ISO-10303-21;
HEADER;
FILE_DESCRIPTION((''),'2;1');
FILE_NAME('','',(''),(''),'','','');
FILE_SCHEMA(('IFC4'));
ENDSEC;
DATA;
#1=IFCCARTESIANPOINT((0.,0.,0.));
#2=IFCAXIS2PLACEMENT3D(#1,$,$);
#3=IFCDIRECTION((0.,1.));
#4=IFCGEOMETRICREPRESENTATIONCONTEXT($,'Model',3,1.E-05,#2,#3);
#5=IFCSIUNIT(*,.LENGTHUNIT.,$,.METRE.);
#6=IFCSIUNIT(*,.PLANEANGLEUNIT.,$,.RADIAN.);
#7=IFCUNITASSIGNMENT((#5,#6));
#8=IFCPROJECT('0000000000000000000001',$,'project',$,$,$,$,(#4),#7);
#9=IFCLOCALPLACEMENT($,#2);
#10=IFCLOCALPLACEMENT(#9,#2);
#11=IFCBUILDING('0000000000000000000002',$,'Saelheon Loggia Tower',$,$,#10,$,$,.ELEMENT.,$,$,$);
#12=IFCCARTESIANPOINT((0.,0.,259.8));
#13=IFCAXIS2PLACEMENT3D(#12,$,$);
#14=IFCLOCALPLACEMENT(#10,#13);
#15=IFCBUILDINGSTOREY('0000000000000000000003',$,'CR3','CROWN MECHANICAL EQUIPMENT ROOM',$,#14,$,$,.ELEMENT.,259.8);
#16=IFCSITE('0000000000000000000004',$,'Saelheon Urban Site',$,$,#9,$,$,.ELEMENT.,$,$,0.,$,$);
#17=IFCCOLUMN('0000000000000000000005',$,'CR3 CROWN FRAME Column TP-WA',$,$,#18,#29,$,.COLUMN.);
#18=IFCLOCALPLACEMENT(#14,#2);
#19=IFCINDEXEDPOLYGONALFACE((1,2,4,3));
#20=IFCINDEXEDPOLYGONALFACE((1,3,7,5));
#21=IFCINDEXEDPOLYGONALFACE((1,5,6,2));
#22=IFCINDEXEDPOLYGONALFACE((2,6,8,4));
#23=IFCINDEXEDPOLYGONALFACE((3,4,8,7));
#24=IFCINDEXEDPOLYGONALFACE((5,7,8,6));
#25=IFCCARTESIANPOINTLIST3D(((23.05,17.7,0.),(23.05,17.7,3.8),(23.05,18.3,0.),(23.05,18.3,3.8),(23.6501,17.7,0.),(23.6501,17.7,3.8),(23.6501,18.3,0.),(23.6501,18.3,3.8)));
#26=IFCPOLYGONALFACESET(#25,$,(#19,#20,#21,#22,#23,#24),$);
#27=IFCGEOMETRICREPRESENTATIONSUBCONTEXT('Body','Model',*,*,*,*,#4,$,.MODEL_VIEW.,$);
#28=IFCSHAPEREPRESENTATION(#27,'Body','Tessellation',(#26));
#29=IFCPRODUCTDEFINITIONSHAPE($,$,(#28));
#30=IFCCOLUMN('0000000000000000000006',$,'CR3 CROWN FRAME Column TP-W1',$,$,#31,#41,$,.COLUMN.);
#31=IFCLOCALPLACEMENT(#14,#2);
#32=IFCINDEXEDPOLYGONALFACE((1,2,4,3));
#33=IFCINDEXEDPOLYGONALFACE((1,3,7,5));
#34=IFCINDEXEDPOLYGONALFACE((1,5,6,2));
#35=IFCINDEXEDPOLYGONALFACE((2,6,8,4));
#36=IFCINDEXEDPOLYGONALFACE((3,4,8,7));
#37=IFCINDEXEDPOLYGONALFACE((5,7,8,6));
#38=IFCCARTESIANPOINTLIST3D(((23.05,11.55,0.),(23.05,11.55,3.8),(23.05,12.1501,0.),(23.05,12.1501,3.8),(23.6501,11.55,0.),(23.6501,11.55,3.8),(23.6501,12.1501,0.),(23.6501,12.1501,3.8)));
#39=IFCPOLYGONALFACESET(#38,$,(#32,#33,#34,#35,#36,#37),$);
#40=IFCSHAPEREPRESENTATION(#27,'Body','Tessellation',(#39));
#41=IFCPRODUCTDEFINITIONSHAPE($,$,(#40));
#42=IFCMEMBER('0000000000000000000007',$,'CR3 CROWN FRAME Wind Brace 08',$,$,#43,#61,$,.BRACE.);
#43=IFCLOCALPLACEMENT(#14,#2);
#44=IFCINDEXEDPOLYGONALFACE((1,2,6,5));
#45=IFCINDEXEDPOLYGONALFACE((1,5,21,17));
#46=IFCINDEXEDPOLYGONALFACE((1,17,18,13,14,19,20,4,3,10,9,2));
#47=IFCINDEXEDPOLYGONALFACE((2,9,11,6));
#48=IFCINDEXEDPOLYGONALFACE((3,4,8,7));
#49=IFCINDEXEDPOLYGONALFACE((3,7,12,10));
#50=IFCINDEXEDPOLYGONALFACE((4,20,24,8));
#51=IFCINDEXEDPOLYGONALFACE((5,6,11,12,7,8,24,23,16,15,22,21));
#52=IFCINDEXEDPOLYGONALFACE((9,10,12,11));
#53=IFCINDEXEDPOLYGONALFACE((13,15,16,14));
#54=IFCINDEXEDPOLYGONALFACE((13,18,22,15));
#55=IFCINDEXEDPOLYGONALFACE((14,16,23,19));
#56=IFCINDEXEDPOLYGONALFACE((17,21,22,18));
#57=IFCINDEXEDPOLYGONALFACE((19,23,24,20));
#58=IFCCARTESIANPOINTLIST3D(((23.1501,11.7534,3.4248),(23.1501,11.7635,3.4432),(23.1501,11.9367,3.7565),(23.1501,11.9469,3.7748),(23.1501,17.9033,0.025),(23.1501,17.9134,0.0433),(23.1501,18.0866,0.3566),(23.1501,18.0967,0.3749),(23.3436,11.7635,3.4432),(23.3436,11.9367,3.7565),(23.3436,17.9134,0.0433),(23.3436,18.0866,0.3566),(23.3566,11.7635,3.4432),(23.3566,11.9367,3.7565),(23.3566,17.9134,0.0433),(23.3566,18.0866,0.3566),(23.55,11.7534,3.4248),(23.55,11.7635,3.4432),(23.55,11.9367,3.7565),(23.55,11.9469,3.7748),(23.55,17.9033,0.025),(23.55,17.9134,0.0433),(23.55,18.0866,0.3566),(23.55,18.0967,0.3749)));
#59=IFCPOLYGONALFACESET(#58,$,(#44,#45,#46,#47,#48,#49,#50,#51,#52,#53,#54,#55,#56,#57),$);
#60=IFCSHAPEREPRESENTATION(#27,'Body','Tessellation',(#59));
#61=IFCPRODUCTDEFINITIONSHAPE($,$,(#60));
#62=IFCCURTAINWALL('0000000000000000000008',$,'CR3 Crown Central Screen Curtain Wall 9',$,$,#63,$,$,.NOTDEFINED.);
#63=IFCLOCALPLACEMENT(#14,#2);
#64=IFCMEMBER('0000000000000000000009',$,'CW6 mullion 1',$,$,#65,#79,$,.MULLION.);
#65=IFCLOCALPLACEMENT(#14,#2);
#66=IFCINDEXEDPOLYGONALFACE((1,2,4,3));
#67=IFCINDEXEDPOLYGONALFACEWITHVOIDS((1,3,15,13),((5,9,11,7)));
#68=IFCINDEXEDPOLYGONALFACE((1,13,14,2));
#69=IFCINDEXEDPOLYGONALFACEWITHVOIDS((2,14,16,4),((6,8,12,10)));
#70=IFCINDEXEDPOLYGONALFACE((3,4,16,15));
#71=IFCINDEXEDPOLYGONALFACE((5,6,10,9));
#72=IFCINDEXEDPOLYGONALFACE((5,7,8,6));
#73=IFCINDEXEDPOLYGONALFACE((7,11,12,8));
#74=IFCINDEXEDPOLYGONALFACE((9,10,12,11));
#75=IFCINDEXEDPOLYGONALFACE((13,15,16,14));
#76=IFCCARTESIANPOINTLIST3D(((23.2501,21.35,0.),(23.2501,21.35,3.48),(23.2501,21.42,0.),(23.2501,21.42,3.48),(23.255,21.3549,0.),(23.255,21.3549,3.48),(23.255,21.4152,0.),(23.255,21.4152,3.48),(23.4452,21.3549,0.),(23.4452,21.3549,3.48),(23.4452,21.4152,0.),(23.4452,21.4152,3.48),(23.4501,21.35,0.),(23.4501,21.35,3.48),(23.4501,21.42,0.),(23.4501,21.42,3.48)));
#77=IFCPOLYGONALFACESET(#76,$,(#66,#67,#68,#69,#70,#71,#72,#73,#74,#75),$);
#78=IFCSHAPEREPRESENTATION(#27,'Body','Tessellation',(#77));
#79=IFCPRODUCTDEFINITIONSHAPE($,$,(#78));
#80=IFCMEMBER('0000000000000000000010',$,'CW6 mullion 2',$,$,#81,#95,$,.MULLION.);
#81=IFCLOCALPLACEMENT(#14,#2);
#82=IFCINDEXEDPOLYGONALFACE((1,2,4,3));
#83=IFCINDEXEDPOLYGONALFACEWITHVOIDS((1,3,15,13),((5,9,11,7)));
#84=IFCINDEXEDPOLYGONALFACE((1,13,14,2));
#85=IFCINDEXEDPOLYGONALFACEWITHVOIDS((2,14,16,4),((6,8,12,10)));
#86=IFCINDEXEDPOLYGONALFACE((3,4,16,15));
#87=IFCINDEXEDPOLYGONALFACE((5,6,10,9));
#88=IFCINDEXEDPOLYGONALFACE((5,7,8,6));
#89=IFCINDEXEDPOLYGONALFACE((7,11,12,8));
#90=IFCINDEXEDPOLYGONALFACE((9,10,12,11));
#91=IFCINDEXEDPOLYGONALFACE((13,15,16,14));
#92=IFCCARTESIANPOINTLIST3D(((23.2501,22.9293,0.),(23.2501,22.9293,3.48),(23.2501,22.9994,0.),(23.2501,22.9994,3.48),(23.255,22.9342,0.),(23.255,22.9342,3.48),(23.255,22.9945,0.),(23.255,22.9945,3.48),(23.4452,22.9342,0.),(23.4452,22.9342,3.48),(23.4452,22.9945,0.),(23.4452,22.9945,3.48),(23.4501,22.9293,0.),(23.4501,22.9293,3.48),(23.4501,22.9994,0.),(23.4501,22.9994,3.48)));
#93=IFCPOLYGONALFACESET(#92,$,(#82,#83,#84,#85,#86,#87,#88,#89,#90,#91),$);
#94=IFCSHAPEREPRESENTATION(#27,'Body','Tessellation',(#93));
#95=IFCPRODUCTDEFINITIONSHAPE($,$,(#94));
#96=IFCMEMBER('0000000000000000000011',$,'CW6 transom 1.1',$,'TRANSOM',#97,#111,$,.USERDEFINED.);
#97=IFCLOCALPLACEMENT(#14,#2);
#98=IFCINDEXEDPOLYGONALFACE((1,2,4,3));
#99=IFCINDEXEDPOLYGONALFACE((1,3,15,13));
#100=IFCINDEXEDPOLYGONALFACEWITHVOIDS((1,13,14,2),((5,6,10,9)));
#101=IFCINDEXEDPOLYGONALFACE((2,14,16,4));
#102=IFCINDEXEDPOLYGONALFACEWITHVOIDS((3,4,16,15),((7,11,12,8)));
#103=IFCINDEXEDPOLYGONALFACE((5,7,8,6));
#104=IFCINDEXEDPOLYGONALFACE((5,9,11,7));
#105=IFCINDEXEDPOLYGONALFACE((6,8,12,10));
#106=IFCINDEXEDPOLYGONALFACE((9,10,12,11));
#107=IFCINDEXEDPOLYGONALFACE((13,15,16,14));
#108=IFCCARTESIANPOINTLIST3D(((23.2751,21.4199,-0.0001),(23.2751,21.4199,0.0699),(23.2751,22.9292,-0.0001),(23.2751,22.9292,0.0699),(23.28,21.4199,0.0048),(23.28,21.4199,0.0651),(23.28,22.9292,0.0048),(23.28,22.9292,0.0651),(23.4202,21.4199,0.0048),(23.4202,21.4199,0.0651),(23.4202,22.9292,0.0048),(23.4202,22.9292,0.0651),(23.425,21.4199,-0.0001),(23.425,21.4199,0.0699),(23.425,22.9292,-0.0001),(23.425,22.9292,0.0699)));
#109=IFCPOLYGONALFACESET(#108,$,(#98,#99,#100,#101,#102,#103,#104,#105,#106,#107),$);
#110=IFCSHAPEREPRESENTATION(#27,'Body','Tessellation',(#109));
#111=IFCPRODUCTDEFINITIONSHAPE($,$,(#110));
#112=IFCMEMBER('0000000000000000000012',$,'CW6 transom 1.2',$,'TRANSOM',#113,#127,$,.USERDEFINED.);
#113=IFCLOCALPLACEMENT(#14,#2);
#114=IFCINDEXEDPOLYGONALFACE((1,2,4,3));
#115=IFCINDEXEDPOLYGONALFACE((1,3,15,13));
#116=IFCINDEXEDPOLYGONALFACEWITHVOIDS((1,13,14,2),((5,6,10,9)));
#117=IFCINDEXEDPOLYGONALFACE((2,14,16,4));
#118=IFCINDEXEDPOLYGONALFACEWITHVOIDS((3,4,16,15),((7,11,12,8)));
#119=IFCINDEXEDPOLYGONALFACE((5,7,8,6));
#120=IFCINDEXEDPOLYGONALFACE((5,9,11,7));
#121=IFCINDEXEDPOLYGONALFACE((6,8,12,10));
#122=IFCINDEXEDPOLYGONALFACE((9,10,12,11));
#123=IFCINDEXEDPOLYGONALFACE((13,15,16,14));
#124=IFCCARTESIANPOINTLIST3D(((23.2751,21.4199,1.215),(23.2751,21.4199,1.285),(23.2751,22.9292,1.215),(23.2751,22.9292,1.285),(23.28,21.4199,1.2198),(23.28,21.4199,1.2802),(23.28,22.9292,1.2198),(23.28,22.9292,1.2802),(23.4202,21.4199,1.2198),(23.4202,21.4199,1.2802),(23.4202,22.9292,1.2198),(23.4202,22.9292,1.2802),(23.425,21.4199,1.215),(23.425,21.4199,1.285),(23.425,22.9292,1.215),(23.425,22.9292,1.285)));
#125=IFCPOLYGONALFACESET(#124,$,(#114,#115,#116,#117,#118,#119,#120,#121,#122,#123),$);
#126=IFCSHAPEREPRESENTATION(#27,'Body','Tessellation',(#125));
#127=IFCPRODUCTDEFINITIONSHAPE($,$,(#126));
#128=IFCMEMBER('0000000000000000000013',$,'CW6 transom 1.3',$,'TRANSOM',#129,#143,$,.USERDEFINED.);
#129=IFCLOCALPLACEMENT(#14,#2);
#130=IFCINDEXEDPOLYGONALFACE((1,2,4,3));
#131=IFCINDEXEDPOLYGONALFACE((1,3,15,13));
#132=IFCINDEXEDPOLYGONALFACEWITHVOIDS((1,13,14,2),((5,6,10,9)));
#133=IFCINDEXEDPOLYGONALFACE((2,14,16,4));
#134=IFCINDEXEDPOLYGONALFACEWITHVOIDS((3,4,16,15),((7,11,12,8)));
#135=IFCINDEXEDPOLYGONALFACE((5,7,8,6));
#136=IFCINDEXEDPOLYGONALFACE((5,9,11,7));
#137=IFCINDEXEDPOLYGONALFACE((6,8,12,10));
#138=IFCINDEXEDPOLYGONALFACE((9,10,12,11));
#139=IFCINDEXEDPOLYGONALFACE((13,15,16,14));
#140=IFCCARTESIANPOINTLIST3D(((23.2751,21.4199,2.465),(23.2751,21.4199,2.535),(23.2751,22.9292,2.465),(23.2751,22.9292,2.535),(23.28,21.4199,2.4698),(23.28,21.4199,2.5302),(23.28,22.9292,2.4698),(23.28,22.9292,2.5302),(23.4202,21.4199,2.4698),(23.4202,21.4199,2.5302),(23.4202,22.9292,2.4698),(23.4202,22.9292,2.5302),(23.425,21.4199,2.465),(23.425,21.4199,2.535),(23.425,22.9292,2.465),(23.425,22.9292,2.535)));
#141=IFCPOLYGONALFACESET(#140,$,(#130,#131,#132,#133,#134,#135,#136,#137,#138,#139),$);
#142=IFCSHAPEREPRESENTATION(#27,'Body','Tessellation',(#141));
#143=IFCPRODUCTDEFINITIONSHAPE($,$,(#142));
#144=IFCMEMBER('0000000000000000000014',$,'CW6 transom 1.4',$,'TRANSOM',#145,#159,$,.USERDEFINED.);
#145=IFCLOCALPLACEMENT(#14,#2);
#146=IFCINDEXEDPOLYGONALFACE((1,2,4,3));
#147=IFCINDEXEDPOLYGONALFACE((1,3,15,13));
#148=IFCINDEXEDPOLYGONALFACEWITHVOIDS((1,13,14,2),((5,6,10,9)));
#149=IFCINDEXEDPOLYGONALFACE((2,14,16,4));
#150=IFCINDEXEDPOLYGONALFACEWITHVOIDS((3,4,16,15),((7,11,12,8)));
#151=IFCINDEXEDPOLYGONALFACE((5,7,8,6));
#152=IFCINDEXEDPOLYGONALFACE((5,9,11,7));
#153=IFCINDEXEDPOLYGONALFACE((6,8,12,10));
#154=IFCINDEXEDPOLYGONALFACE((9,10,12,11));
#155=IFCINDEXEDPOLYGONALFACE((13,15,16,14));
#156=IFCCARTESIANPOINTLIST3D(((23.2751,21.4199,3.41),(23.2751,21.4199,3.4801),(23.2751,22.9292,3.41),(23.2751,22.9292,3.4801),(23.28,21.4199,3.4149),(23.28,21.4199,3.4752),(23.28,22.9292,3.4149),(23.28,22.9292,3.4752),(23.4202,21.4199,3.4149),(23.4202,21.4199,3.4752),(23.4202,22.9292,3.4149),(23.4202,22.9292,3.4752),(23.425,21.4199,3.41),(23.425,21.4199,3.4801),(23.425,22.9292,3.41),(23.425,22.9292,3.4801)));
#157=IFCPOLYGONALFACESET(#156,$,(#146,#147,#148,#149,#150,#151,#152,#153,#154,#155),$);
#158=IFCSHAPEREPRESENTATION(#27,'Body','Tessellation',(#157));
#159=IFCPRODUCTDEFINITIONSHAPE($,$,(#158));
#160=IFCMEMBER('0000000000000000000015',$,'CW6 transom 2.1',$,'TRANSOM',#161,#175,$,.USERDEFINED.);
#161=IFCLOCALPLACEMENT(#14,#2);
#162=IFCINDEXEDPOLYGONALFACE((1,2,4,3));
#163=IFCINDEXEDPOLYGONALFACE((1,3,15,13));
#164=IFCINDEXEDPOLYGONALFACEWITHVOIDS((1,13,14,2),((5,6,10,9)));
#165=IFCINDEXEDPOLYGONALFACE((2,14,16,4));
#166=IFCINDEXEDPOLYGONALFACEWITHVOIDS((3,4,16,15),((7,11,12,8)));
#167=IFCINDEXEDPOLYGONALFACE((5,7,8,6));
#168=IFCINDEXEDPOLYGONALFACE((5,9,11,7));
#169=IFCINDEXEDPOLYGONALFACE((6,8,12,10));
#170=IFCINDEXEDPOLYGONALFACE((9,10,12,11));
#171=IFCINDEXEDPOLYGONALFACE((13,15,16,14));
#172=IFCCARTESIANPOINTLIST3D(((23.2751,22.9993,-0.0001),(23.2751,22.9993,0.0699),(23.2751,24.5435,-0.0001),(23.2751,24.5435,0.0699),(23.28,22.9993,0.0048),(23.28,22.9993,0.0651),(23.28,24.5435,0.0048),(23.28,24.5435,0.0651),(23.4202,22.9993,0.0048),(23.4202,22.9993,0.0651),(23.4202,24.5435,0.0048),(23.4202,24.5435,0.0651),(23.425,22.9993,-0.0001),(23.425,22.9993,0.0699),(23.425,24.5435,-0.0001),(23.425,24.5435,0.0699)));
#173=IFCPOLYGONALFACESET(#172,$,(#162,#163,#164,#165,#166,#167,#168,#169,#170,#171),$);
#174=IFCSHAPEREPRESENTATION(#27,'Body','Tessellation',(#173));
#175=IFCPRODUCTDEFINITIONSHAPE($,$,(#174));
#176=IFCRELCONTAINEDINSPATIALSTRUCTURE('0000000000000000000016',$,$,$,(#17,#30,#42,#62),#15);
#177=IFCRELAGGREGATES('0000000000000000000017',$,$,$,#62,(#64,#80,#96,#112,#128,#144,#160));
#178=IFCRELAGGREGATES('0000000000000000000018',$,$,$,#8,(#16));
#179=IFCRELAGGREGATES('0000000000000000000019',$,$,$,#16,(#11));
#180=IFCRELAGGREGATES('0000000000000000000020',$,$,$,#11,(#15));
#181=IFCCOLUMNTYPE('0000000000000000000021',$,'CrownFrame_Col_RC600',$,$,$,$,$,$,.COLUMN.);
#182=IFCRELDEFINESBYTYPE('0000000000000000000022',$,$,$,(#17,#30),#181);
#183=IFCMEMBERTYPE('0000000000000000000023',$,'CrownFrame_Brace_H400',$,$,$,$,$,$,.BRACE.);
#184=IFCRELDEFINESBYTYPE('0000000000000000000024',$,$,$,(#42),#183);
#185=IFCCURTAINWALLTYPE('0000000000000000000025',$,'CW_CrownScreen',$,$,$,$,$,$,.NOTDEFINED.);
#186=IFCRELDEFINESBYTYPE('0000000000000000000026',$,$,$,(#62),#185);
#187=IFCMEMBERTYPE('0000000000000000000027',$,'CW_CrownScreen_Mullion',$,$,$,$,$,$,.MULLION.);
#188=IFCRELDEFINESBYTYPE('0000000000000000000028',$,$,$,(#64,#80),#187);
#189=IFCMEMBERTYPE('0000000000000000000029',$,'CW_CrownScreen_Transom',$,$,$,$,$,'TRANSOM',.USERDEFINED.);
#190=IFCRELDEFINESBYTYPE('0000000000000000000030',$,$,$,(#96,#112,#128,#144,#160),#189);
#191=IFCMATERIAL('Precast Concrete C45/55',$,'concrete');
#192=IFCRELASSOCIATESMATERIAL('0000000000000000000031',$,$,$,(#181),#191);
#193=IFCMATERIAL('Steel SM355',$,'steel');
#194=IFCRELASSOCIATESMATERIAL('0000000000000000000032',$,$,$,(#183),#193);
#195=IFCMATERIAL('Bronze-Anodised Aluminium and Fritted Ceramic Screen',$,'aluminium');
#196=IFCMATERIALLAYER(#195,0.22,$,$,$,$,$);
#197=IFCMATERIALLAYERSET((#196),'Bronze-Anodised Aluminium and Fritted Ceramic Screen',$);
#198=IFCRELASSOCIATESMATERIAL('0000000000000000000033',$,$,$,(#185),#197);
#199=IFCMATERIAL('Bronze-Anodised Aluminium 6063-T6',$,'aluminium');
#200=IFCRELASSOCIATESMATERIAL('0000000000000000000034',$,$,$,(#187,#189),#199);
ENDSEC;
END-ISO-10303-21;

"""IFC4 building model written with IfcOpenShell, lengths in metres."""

from ifc_helpers import new_model, si_unit, direction, frame, origin, origin_2d, place, context, subcontext, project, spatial, rectangle, hollow_rectangle, i_section, extrude, source, transform, mapped, material, layer, layer_set, material_profile, profile_set, type_object, element, aggregate, save


model = new_model("IFC4")

# Units and contexts
model_context = context("Model", 3, precision=1e-05, world=origin(), true_north=direction((0.0, 1.0)))
body_context = subcontext(model_context, "Body", "Model", "MODEL_VIEW")
ifc_project = project(units=[si_unit("LENGTHUNIT", "METRE"), si_unit("PLANEANGLEUNIT", "RADIAN")], contexts=[model_context])

# Site, building, storey
site_placement = place(None, origin())
site = spatial("IfcSite", under=ifc_project, at=site_placement, Name="Saelheon Urban Site", CompositionType="ELEMENT", RefElevation=0.0)
building_placement = place(site_placement, origin())
building = spatial("IfcBuilding", under=site, at=building_placement, Name="Saelheon Loggia Tower", CompositionType="ELEMENT")
storey_placement = place(building_placement, frame((0.0, 0.0, 259.8)))
storey = spatial("IfcBuildingStorey", under=building, at=storey_placement, Name="CR3", Description="CROWN MECHANICAL EQUIPMENT ROOM", CompositionType="ELEMENT", Elevation=259.8)

# Columns
ifc_material_1 = material(Name="Precast Concrete C45/55", Category="concrete")
ifc_material_profile_1 = material_profile(ifc_material_1, rectangle(XDim=0.6001, YDim=0.6001, at=origin_2d()), Name="RC-600x600")
ifc_profile_set_1 = profile_set([ifc_material_profile_1], Name="Precast Concrete C45/55")
column_type = type_object("IfcColumnType", Name="CrownFrame_Col_RC600", PredefinedType="COLUMN", material=ifc_profile_set_1)
shared_shape_1 = source(origin(), body_context, "Body", "SweptSolid", [
    extrude(rectangle(XDim=0.6001, YDim=0.6001, at=origin_2d()), origin(), (0.0, 0.0, 1.0), 3.8),
])
for number, where, z_axis, x_axis, name in (
    (1, (23.3501, 18.0, 0.0), (0.0, 0.0, 1.0), (1.0, 0.0, 0.0), "CR3 CROWN FRAME Column TP-WA"),
    (2, (23.3501, 11.8501, 0.0), (0.0, 0.0, 1.0), (1.0, 0.0, 0.0), "CR3 CROWN FRAME Column TP-W1"),
):
    element("IfcColumn", number, at=place(storey_placement, frame(where, z_axis=z_axis, x_axis=x_axis)), inside=storey, type_object=column_type, Name=name, PredefinedType="COLUMN", context=body_context, shape_type="MappedRepresentation", body=[
        mapped(shared_shape_1, transform((0.0, 0.0, 0.0), scale=1.0)),
    ])

# Member
ifc_material_2 = material(Name="Steel SM355", Category="steel")
ifc_material_profile_2 = material_profile(ifc_material_2, i_section(OverallWidth=0.3999, OverallDepth=0.3999, WebThickness=0.0129, FlangeThickness=0.021, at=origin_2d()), Name="H-400x400x13x21")
ifc_profile_set_2 = profile_set([ifc_material_profile_2], Name="Steel SM355")
member_type_1 = type_object("IfcMemberType", Name="CrownFrame_Brace_H400", PredefinedType="BRACE", material=ifc_profile_set_2)
shared_shape_2 = source(origin(), body_context, "Body", "SweptSolid", [
    extrude(i_section(OverallWidth=0.3999, OverallDepth=0.3999, WebThickness=0.0129, FlangeThickness=0.021, at=origin_2d()), origin(), (0.0, 0.0, 1.0), 7.0271),
])
member_1_placement = place(storey_placement, frame((23.3501, 18.0, 0.2), z_axis=(0.0, -0.875165, 0.483825), x_axis=(1.0, 0.0, 0.0)))
element("IfcMember", 3, at=member_1_placement, inside=storey, type_object=member_type_1, Name="CR3 CROWN FRAME Wind Brace 08", PredefinedType="BRACE", context=body_context, shape_type="MappedRepresentation", body=[
    mapped(shared_shape_2, transform((0.0, 0.0, 0.0), scale=1.0)),
])

# Curtain wall, members
ifc_material_3 = material(Name="Bronze-Anodised Aluminium and Fritted Ceramic Screen", Category="aluminium")
ifc_layer_1 = layer(ifc_material_3, 0.22)
ifc_layer_set_1 = layer_set([ifc_layer_1], Name="Bronze-Anodised Aluminium and Fritted Ceramic Screen")
curtain_wall_type = type_object("IfcCurtainWallType", Name="CW_CrownScreen", PredefinedType="NOTDEFINED", material=ifc_layer_set_1)
curtain_wall_placement = place(storey_placement, origin())
curtain_wall = element("IfcCurtainWall", 4, at=curtain_wall_placement, inside=storey, type_object=curtain_wall_type, Name="CR3 Crown Central Screen Curtain Wall 9", PredefinedType="NOTDEFINED")
ifc_material_4 = material(Name="Bronze-Anodised Aluminium 6063-T6", Category="aluminium")
ifc_material_profile_3 = material_profile(ifc_material_4, hollow_rectangle(XDim=0.0701, YDim=0.2, WallThickness=0.0049, at=origin_2d()), Name="RHS-200x70x5")
ifc_profile_set_3 = profile_set([ifc_material_profile_3], Name="Bronze-Anodised Aluminium 6063-T6")
member_type_2 = type_object("IfcMemberType", Name="CW_CrownScreen_Mullion", PredefinedType="MULLION", material=ifc_profile_set_3)
shared_shape_3 = source(origin(), body_context, "Body", "SweptSolid", [
    extrude(hollow_rectangle(XDim=0.0701, YDim=0.2, WallThickness=0.0049, at=origin_2d()), origin(), (0.0, 0.0, 1.0), 3.48),
])
member_2_placement = place(storey_placement, frame((23.3501, 21.385, 0.0), z_axis=(0.0, 0.0, 1.0), x_axis=(0.0, 1.0, 0.0)))
member_2 = element("IfcMember", 5, at=member_2_placement, type_object=member_type_2, Name="CW6 mullion 1", PredefinedType="MULLION", context=body_context, shape_type="MappedRepresentation", body=[
    mapped(shared_shape_3, transform((0.0, 0.0, 0.0), scale=1.0)),
])
member_3_placement = place(storey_placement, frame((23.3501, 22.9644, 0.0), z_axis=(0.0, 0.0, 1.0), x_axis=(0.0, 1.0, 0.0)))
member_3 = element("IfcMember", 6, at=member_3_placement, type_object=member_type_2, Name="CW6 mullion 2", PredefinedType="MULLION", context=body_context, shape_type="MappedRepresentation", body=[
    mapped(shared_shape_3, transform((0.0, 0.0, 0.0), scale=1.0)),
])
ifc_material_profile_4 = material_profile(ifc_material_4, hollow_rectangle(XDim=0.0701, YDim=0.1499, WallThickness=0.0049, at=origin_2d()), Name="RHS-150x70x5")
ifc_profile_set_4 = profile_set([ifc_material_profile_4], Name="Bronze-Anodised Aluminium 6063-T6")
member_type_3 = type_object("IfcMemberType", Name="CW_CrownScreen_Transom", ElementType="TRANSOM", PredefinedType="USERDEFINED", material=ifc_profile_set_4)
shared_shape_4 = source(origin(), body_context, "Body", "SweptSolid", [
    extrude(hollow_rectangle(XDim=0.0701, YDim=0.1499, WallThickness=0.0049, at=origin_2d()), origin(), (0.0, 0.0, 1.0), 1.5093),
])
member_4_placement = place(storey_placement, frame((23.3501, 21.4199, 0.0349), z_axis=(0.0, 1.0, 0.0), x_axis=(0.0, 0.0, 1.0)))
member_4 = element("IfcMember", 7, at=member_4_placement, type_object=member_type_3, Name="CW6 transom 1.1", ObjectType="TRANSOM", PredefinedType="USERDEFINED", context=body_context, shape_type="MappedRepresentation", body=[
    mapped(shared_shape_4, transform((0.0, 0.0, 0.0), scale=1.0)),
])
member_5_placement = place(storey_placement, frame((23.3501, 21.4199, 1.25), z_axis=(0.0, 1.0, 0.0), x_axis=(0.0, 0.0, 1.0)))
member_5 = element("IfcMember", 8, at=member_5_placement, type_object=member_type_3, Name="CW6 transom 1.2", ObjectType="TRANSOM", PredefinedType="USERDEFINED", context=body_context, shape_type="MappedRepresentation", body=[
    mapped(shared_shape_4, transform((0.0, 0.0, 0.0), scale=1.0)),
])
member_6_placement = place(storey_placement, frame((23.3501, 21.4199, 2.5), z_axis=(0.0, 1.0, 0.0), x_axis=(0.0, 0.0, 1.0)))
member_6 = element("IfcMember", 9, at=member_6_placement, type_object=member_type_3, Name="CW6 transom 1.3", ObjectType="TRANSOM", PredefinedType="USERDEFINED", context=body_context, shape_type="MappedRepresentation", body=[
    mapped(shared_shape_4, transform((0.0, 0.0, 0.0), scale=1.0)),
])
member_7_placement = place(storey_placement, frame((23.3501, 21.4199, 3.4451), z_axis=(0.0, 1.0, 0.0), x_axis=(0.0, 0.0, 1.0)))
member_7 = element("IfcMember", 10, at=member_7_placement, type_object=member_type_3, Name="CW6 transom 1.4", ObjectType="TRANSOM", PredefinedType="USERDEFINED", context=body_context, shape_type="MappedRepresentation", body=[
    mapped(shared_shape_4, transform((0.0, 0.0, 0.0), scale=1.0)),
])
shared_shape_5 = source(origin(), body_context, "Body", "SweptSolid", [
    extrude(hollow_rectangle(XDim=0.0701, YDim=0.1499, WallThickness=0.0049, at=origin_2d()), origin(), (0.0, 0.0, 1.0), 1.5442),
])
member_8_placement = place(storey_placement, frame((23.3501, 22.9993, 0.0349), z_axis=(0.0, 1.0, 0.0), x_axis=(0.0, 0.0, 1.0)))
member_8 = element("IfcMember", 11, at=member_8_placement, type_object=member_type_3, Name="CW6 transom 2.1", ObjectType="TRANSOM", PredefinedType="USERDEFINED", context=body_context, shape_type="MappedRepresentation", body=[
    mapped(shared_shape_5, transform((0.0, 0.0, 0.0), scale=1.0)),
])

aggregate(curtain_wall, [member_2, member_3, member_4, member_5, member_6, member_7, member_8])

save(model, "model.ifc")
